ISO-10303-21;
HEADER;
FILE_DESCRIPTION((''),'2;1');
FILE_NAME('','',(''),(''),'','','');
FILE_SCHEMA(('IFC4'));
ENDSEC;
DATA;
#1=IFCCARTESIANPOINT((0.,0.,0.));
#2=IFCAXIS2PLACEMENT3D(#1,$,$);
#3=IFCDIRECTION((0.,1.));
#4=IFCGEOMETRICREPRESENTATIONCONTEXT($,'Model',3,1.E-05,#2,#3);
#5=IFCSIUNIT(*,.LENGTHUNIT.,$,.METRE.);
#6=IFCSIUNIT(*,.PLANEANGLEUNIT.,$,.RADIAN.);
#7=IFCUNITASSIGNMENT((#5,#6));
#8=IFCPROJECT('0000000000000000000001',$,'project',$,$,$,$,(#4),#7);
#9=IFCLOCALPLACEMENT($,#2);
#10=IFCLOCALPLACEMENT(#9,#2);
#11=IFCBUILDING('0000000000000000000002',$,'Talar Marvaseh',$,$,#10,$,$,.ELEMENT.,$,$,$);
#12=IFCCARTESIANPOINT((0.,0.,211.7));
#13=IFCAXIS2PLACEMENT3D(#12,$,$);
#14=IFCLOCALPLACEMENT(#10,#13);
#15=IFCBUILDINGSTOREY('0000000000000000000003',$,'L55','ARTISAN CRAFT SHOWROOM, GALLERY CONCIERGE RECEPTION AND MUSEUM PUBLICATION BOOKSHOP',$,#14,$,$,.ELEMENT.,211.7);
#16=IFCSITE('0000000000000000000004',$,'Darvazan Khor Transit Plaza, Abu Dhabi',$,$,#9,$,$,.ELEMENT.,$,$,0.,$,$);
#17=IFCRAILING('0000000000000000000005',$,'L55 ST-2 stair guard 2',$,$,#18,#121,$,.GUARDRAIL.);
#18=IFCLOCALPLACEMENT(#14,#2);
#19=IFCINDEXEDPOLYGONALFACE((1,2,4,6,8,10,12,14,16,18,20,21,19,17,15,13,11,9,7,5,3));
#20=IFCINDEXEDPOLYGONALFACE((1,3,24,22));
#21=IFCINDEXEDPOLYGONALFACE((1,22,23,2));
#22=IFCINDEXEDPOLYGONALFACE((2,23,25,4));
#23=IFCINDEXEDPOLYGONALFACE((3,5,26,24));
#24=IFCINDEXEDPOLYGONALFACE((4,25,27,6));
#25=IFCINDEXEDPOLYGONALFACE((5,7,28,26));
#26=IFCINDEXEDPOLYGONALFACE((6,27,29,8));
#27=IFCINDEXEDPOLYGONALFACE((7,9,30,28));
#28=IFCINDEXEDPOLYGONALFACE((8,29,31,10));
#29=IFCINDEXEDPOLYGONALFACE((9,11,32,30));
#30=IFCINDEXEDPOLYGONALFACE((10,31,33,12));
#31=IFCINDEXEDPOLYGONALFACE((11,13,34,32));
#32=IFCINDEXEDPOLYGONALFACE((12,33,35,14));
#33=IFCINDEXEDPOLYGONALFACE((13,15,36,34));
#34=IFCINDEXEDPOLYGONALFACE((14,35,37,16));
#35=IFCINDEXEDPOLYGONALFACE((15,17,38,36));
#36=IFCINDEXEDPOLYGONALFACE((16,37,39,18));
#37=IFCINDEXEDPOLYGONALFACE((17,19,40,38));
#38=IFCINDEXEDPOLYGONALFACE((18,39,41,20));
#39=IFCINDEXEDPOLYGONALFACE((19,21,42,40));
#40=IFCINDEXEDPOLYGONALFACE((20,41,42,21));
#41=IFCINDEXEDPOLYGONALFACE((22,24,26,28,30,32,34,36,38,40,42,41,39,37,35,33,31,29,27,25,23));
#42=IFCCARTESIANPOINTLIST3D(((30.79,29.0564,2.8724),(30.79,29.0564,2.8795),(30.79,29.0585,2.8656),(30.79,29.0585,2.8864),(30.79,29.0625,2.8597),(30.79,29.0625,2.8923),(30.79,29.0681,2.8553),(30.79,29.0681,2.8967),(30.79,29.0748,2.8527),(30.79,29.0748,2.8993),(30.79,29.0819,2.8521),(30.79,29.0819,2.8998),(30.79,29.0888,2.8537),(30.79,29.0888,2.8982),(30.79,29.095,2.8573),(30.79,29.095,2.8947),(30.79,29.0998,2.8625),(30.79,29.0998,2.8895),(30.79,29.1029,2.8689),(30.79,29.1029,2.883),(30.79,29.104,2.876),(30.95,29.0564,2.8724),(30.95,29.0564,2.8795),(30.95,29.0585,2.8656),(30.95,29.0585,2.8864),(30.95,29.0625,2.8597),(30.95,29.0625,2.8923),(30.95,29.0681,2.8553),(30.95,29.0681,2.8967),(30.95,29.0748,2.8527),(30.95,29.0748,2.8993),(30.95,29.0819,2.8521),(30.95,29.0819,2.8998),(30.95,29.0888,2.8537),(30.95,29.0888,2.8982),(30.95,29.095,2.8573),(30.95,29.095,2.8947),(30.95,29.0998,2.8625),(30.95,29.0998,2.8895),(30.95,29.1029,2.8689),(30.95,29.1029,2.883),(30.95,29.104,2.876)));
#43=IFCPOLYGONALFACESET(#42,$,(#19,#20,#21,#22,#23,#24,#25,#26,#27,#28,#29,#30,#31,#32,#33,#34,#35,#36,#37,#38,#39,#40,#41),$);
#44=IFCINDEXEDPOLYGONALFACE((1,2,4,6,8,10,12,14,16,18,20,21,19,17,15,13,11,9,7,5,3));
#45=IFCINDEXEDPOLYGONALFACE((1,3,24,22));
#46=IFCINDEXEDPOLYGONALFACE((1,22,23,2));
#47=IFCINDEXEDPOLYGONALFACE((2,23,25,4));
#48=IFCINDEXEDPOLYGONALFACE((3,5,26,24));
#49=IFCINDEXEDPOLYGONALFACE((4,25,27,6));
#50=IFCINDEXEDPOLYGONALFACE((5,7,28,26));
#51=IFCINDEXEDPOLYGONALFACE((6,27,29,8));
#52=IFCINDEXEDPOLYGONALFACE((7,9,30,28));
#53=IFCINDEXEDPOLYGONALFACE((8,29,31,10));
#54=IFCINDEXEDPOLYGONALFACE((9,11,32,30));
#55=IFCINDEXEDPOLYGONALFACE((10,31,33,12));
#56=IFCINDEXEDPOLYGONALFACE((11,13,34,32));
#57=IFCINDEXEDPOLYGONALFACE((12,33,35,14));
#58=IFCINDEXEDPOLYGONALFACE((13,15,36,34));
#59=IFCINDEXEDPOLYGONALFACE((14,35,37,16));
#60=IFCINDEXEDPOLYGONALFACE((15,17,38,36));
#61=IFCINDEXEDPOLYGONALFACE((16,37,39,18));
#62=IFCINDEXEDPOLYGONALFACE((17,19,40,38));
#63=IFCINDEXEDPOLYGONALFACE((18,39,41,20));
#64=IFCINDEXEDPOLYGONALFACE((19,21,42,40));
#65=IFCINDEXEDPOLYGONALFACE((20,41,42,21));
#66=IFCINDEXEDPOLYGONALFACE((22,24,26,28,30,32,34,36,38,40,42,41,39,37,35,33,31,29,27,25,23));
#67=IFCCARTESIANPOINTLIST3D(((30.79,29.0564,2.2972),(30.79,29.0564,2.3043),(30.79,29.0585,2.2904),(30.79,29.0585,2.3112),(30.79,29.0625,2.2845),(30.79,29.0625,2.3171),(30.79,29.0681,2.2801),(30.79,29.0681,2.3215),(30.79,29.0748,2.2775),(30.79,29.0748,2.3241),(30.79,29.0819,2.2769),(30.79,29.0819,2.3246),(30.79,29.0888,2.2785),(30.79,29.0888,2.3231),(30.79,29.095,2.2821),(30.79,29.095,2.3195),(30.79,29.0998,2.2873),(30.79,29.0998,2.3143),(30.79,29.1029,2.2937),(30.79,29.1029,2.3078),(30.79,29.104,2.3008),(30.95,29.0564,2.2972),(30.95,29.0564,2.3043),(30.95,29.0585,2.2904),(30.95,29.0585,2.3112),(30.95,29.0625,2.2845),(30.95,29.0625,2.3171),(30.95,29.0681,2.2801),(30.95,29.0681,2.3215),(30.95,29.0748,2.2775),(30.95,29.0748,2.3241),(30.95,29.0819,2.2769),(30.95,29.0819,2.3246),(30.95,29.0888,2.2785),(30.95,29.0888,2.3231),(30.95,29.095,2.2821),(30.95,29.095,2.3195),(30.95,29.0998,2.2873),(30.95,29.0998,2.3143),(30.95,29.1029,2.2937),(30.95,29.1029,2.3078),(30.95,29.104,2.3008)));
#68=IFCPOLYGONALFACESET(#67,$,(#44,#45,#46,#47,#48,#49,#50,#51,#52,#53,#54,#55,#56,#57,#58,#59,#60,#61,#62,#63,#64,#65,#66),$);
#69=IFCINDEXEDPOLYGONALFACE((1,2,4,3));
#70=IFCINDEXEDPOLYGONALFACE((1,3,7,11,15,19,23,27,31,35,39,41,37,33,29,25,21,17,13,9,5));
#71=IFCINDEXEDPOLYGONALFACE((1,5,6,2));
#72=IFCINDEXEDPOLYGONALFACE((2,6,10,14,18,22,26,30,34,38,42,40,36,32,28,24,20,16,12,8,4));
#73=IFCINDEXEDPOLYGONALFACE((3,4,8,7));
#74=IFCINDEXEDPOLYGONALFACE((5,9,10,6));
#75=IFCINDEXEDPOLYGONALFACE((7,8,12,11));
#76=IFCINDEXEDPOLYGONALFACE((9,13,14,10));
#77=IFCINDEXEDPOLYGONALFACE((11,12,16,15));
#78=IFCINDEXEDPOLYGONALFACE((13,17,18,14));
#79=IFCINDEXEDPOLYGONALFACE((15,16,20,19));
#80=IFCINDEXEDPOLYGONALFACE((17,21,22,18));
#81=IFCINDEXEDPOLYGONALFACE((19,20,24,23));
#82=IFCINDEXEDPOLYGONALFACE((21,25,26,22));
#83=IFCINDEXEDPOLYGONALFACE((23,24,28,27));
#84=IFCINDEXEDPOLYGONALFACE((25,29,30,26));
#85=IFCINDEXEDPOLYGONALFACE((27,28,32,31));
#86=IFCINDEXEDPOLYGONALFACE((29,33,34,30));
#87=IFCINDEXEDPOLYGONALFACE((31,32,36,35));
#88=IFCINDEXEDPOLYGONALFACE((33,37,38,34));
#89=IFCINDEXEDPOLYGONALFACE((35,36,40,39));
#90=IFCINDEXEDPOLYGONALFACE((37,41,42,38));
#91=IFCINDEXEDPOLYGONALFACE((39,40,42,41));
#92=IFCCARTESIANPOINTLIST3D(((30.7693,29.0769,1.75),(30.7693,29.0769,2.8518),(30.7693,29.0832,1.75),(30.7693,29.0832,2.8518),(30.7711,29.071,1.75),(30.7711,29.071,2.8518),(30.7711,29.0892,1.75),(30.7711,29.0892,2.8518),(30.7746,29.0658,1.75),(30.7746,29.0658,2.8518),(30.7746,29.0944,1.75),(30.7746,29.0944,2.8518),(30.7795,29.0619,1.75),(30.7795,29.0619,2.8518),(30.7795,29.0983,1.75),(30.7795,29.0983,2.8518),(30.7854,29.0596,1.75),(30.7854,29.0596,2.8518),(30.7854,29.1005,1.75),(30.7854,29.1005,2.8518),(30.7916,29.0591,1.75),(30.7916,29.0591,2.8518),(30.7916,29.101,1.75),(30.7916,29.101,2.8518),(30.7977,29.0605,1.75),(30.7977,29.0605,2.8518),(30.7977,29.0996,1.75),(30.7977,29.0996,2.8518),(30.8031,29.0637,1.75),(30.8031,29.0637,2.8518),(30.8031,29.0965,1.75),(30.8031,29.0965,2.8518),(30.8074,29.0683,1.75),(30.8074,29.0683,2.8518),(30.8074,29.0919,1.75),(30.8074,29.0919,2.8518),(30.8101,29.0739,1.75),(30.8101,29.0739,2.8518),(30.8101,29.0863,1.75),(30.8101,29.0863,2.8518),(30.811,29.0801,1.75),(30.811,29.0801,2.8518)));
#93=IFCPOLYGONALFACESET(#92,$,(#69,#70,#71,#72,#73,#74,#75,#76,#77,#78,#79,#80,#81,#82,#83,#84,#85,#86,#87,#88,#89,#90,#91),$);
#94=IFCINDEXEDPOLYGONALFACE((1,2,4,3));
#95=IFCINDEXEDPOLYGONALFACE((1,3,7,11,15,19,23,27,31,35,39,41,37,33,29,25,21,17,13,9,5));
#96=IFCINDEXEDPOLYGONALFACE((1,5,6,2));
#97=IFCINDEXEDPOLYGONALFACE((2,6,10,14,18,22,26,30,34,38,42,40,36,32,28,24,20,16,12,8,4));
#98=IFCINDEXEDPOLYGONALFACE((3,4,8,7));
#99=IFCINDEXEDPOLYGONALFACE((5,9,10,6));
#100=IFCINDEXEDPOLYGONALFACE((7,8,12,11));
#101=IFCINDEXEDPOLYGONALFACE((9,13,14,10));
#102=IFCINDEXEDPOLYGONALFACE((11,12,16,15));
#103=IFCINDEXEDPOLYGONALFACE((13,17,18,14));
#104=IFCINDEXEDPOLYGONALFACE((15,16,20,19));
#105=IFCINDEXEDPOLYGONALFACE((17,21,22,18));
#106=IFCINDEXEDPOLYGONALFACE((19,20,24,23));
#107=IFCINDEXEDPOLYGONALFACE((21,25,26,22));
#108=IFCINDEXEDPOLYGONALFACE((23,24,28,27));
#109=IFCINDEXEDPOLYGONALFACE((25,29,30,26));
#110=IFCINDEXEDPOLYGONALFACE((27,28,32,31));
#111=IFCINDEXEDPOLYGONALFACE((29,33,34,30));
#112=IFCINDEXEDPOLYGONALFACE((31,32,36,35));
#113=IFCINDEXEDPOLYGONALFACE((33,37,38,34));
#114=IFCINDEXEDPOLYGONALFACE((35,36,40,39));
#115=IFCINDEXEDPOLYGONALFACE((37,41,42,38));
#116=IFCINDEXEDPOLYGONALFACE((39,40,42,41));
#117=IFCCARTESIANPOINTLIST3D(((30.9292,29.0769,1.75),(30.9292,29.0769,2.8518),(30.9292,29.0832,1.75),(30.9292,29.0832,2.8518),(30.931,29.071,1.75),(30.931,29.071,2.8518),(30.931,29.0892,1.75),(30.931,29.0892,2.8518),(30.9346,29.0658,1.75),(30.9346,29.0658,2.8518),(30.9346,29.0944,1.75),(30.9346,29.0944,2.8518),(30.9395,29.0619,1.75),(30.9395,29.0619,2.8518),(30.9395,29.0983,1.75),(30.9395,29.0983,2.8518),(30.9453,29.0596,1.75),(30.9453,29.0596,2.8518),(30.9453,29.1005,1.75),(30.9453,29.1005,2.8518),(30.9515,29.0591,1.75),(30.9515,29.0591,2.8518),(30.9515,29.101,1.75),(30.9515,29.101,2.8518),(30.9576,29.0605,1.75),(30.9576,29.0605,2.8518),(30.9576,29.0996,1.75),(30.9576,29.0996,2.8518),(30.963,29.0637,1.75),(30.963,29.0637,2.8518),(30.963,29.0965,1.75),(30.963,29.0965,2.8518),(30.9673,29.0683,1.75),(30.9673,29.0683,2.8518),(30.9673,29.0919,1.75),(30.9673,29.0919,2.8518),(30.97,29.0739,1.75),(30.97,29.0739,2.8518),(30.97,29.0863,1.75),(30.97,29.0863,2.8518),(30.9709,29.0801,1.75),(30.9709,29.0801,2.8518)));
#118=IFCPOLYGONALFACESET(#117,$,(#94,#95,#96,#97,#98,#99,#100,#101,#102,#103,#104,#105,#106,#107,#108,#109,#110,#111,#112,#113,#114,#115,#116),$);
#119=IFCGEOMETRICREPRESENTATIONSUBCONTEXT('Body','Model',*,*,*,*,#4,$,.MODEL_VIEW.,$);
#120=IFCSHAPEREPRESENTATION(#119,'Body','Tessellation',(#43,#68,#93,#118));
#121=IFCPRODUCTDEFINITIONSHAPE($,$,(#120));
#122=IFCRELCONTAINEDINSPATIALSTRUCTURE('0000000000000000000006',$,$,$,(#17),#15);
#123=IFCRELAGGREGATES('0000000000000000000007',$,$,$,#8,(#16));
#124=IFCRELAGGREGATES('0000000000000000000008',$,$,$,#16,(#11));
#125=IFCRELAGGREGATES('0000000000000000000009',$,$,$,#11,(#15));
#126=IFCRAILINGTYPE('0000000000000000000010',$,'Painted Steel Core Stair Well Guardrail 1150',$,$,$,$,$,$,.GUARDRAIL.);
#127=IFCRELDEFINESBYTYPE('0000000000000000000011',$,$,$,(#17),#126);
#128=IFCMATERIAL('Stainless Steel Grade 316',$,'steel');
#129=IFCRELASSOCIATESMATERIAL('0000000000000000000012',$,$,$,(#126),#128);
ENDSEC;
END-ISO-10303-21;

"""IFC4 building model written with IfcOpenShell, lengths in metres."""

from ifc_helpers import new_model, si_unit, direction, frame, origin, origin_2d, place, context, subcontext, project, spatial, circle, extrude, material, type_object, element, save


model = new_model("IFC4")

# Units and contexts
model_context = context("Model", 3, precision=1e-05, world=origin(), true_north=direction((0.0, 1.0)))
body_context = subcontext(model_context, "Body", "Model", "MODEL_VIEW")
ifc_project = project(units=[si_unit("LENGTHUNIT", "METRE"), si_unit("PLANEANGLEUNIT", "RADIAN")], contexts=[model_context])

# Site, building, storey
site_placement = place(None, origin())
site = spatial("IfcSite", under=ifc_project, at=site_placement, Name="Darvazan Khor Transit Plaza, Abu Dhabi", CompositionType="ELEMENT", RefElevation=0.0)
building_placement = place(site_placement, origin())
building = spatial("IfcBuilding", under=site, at=building_placement, Name="Talar Marvaseh", CompositionType="ELEMENT")
storey_placement = place(building_placement, frame((0.0, 0.0, 211.7)))
storey = spatial("IfcBuildingStorey", under=building, at=storey_placement, Name="L55", Description="ARTISAN CRAFT SHOWROOM, GALLERY CONCIERGE RECEPTION AND MUSEUM PUBLICATION BOOKSHOP", CompositionType="ELEMENT", Elevation=211.7)

# Shared definitions
ifc_material_1 = material(Name="Stainless Steel Grade 316", Category="steel")

# Railing
railing_type_1 = type_object("IfcRailingType", Name="Painted Steel Core Stair Well Guardrail 1150", PredefinedType="GUARDRAIL", material=ifc_material_1)
railing_1_placement = place(storey_placement, frame((30.79, 29.0801, 1.75)))
element("IfcRailing", 1, at=railing_1_placement, inside=storey, type_object=railing_type_1, Name="L55 ST-2 stair guard 2", PredefinedType="GUARDRAIL", context=body_context, shape_type="SweptSolid", body=[
    extrude(circle(Radius=0.0239, at=origin_2d()), frame((0.0, 0.0, 1.126), z_axis=(1.0, 0.0, 0.0), x_axis=(0.0, 1.0, 0.0)), (0.0, 0.0, 1.0), 0.1599),
    extrude(circle(Radius=0.0239, at=origin_2d()), frame((0.0, 0.0, 0.5508), z_axis=(1.0, 0.0, 0.0), x_axis=(0.0, 1.0, 0.0)), (0.0, 0.0, 1.0), 0.1599),
    extrude(circle(Radius=0.021, at=origin_2d()), origin(), (0.0, 0.0, 1.0), 1.1018),
    extrude(circle(Radius=0.021, at=origin_2d()), frame((0.1599, 0.0, 0.0)), (0.0, 0.0, 1.0), 1.1018),
])

save(model, "model.ifc")
